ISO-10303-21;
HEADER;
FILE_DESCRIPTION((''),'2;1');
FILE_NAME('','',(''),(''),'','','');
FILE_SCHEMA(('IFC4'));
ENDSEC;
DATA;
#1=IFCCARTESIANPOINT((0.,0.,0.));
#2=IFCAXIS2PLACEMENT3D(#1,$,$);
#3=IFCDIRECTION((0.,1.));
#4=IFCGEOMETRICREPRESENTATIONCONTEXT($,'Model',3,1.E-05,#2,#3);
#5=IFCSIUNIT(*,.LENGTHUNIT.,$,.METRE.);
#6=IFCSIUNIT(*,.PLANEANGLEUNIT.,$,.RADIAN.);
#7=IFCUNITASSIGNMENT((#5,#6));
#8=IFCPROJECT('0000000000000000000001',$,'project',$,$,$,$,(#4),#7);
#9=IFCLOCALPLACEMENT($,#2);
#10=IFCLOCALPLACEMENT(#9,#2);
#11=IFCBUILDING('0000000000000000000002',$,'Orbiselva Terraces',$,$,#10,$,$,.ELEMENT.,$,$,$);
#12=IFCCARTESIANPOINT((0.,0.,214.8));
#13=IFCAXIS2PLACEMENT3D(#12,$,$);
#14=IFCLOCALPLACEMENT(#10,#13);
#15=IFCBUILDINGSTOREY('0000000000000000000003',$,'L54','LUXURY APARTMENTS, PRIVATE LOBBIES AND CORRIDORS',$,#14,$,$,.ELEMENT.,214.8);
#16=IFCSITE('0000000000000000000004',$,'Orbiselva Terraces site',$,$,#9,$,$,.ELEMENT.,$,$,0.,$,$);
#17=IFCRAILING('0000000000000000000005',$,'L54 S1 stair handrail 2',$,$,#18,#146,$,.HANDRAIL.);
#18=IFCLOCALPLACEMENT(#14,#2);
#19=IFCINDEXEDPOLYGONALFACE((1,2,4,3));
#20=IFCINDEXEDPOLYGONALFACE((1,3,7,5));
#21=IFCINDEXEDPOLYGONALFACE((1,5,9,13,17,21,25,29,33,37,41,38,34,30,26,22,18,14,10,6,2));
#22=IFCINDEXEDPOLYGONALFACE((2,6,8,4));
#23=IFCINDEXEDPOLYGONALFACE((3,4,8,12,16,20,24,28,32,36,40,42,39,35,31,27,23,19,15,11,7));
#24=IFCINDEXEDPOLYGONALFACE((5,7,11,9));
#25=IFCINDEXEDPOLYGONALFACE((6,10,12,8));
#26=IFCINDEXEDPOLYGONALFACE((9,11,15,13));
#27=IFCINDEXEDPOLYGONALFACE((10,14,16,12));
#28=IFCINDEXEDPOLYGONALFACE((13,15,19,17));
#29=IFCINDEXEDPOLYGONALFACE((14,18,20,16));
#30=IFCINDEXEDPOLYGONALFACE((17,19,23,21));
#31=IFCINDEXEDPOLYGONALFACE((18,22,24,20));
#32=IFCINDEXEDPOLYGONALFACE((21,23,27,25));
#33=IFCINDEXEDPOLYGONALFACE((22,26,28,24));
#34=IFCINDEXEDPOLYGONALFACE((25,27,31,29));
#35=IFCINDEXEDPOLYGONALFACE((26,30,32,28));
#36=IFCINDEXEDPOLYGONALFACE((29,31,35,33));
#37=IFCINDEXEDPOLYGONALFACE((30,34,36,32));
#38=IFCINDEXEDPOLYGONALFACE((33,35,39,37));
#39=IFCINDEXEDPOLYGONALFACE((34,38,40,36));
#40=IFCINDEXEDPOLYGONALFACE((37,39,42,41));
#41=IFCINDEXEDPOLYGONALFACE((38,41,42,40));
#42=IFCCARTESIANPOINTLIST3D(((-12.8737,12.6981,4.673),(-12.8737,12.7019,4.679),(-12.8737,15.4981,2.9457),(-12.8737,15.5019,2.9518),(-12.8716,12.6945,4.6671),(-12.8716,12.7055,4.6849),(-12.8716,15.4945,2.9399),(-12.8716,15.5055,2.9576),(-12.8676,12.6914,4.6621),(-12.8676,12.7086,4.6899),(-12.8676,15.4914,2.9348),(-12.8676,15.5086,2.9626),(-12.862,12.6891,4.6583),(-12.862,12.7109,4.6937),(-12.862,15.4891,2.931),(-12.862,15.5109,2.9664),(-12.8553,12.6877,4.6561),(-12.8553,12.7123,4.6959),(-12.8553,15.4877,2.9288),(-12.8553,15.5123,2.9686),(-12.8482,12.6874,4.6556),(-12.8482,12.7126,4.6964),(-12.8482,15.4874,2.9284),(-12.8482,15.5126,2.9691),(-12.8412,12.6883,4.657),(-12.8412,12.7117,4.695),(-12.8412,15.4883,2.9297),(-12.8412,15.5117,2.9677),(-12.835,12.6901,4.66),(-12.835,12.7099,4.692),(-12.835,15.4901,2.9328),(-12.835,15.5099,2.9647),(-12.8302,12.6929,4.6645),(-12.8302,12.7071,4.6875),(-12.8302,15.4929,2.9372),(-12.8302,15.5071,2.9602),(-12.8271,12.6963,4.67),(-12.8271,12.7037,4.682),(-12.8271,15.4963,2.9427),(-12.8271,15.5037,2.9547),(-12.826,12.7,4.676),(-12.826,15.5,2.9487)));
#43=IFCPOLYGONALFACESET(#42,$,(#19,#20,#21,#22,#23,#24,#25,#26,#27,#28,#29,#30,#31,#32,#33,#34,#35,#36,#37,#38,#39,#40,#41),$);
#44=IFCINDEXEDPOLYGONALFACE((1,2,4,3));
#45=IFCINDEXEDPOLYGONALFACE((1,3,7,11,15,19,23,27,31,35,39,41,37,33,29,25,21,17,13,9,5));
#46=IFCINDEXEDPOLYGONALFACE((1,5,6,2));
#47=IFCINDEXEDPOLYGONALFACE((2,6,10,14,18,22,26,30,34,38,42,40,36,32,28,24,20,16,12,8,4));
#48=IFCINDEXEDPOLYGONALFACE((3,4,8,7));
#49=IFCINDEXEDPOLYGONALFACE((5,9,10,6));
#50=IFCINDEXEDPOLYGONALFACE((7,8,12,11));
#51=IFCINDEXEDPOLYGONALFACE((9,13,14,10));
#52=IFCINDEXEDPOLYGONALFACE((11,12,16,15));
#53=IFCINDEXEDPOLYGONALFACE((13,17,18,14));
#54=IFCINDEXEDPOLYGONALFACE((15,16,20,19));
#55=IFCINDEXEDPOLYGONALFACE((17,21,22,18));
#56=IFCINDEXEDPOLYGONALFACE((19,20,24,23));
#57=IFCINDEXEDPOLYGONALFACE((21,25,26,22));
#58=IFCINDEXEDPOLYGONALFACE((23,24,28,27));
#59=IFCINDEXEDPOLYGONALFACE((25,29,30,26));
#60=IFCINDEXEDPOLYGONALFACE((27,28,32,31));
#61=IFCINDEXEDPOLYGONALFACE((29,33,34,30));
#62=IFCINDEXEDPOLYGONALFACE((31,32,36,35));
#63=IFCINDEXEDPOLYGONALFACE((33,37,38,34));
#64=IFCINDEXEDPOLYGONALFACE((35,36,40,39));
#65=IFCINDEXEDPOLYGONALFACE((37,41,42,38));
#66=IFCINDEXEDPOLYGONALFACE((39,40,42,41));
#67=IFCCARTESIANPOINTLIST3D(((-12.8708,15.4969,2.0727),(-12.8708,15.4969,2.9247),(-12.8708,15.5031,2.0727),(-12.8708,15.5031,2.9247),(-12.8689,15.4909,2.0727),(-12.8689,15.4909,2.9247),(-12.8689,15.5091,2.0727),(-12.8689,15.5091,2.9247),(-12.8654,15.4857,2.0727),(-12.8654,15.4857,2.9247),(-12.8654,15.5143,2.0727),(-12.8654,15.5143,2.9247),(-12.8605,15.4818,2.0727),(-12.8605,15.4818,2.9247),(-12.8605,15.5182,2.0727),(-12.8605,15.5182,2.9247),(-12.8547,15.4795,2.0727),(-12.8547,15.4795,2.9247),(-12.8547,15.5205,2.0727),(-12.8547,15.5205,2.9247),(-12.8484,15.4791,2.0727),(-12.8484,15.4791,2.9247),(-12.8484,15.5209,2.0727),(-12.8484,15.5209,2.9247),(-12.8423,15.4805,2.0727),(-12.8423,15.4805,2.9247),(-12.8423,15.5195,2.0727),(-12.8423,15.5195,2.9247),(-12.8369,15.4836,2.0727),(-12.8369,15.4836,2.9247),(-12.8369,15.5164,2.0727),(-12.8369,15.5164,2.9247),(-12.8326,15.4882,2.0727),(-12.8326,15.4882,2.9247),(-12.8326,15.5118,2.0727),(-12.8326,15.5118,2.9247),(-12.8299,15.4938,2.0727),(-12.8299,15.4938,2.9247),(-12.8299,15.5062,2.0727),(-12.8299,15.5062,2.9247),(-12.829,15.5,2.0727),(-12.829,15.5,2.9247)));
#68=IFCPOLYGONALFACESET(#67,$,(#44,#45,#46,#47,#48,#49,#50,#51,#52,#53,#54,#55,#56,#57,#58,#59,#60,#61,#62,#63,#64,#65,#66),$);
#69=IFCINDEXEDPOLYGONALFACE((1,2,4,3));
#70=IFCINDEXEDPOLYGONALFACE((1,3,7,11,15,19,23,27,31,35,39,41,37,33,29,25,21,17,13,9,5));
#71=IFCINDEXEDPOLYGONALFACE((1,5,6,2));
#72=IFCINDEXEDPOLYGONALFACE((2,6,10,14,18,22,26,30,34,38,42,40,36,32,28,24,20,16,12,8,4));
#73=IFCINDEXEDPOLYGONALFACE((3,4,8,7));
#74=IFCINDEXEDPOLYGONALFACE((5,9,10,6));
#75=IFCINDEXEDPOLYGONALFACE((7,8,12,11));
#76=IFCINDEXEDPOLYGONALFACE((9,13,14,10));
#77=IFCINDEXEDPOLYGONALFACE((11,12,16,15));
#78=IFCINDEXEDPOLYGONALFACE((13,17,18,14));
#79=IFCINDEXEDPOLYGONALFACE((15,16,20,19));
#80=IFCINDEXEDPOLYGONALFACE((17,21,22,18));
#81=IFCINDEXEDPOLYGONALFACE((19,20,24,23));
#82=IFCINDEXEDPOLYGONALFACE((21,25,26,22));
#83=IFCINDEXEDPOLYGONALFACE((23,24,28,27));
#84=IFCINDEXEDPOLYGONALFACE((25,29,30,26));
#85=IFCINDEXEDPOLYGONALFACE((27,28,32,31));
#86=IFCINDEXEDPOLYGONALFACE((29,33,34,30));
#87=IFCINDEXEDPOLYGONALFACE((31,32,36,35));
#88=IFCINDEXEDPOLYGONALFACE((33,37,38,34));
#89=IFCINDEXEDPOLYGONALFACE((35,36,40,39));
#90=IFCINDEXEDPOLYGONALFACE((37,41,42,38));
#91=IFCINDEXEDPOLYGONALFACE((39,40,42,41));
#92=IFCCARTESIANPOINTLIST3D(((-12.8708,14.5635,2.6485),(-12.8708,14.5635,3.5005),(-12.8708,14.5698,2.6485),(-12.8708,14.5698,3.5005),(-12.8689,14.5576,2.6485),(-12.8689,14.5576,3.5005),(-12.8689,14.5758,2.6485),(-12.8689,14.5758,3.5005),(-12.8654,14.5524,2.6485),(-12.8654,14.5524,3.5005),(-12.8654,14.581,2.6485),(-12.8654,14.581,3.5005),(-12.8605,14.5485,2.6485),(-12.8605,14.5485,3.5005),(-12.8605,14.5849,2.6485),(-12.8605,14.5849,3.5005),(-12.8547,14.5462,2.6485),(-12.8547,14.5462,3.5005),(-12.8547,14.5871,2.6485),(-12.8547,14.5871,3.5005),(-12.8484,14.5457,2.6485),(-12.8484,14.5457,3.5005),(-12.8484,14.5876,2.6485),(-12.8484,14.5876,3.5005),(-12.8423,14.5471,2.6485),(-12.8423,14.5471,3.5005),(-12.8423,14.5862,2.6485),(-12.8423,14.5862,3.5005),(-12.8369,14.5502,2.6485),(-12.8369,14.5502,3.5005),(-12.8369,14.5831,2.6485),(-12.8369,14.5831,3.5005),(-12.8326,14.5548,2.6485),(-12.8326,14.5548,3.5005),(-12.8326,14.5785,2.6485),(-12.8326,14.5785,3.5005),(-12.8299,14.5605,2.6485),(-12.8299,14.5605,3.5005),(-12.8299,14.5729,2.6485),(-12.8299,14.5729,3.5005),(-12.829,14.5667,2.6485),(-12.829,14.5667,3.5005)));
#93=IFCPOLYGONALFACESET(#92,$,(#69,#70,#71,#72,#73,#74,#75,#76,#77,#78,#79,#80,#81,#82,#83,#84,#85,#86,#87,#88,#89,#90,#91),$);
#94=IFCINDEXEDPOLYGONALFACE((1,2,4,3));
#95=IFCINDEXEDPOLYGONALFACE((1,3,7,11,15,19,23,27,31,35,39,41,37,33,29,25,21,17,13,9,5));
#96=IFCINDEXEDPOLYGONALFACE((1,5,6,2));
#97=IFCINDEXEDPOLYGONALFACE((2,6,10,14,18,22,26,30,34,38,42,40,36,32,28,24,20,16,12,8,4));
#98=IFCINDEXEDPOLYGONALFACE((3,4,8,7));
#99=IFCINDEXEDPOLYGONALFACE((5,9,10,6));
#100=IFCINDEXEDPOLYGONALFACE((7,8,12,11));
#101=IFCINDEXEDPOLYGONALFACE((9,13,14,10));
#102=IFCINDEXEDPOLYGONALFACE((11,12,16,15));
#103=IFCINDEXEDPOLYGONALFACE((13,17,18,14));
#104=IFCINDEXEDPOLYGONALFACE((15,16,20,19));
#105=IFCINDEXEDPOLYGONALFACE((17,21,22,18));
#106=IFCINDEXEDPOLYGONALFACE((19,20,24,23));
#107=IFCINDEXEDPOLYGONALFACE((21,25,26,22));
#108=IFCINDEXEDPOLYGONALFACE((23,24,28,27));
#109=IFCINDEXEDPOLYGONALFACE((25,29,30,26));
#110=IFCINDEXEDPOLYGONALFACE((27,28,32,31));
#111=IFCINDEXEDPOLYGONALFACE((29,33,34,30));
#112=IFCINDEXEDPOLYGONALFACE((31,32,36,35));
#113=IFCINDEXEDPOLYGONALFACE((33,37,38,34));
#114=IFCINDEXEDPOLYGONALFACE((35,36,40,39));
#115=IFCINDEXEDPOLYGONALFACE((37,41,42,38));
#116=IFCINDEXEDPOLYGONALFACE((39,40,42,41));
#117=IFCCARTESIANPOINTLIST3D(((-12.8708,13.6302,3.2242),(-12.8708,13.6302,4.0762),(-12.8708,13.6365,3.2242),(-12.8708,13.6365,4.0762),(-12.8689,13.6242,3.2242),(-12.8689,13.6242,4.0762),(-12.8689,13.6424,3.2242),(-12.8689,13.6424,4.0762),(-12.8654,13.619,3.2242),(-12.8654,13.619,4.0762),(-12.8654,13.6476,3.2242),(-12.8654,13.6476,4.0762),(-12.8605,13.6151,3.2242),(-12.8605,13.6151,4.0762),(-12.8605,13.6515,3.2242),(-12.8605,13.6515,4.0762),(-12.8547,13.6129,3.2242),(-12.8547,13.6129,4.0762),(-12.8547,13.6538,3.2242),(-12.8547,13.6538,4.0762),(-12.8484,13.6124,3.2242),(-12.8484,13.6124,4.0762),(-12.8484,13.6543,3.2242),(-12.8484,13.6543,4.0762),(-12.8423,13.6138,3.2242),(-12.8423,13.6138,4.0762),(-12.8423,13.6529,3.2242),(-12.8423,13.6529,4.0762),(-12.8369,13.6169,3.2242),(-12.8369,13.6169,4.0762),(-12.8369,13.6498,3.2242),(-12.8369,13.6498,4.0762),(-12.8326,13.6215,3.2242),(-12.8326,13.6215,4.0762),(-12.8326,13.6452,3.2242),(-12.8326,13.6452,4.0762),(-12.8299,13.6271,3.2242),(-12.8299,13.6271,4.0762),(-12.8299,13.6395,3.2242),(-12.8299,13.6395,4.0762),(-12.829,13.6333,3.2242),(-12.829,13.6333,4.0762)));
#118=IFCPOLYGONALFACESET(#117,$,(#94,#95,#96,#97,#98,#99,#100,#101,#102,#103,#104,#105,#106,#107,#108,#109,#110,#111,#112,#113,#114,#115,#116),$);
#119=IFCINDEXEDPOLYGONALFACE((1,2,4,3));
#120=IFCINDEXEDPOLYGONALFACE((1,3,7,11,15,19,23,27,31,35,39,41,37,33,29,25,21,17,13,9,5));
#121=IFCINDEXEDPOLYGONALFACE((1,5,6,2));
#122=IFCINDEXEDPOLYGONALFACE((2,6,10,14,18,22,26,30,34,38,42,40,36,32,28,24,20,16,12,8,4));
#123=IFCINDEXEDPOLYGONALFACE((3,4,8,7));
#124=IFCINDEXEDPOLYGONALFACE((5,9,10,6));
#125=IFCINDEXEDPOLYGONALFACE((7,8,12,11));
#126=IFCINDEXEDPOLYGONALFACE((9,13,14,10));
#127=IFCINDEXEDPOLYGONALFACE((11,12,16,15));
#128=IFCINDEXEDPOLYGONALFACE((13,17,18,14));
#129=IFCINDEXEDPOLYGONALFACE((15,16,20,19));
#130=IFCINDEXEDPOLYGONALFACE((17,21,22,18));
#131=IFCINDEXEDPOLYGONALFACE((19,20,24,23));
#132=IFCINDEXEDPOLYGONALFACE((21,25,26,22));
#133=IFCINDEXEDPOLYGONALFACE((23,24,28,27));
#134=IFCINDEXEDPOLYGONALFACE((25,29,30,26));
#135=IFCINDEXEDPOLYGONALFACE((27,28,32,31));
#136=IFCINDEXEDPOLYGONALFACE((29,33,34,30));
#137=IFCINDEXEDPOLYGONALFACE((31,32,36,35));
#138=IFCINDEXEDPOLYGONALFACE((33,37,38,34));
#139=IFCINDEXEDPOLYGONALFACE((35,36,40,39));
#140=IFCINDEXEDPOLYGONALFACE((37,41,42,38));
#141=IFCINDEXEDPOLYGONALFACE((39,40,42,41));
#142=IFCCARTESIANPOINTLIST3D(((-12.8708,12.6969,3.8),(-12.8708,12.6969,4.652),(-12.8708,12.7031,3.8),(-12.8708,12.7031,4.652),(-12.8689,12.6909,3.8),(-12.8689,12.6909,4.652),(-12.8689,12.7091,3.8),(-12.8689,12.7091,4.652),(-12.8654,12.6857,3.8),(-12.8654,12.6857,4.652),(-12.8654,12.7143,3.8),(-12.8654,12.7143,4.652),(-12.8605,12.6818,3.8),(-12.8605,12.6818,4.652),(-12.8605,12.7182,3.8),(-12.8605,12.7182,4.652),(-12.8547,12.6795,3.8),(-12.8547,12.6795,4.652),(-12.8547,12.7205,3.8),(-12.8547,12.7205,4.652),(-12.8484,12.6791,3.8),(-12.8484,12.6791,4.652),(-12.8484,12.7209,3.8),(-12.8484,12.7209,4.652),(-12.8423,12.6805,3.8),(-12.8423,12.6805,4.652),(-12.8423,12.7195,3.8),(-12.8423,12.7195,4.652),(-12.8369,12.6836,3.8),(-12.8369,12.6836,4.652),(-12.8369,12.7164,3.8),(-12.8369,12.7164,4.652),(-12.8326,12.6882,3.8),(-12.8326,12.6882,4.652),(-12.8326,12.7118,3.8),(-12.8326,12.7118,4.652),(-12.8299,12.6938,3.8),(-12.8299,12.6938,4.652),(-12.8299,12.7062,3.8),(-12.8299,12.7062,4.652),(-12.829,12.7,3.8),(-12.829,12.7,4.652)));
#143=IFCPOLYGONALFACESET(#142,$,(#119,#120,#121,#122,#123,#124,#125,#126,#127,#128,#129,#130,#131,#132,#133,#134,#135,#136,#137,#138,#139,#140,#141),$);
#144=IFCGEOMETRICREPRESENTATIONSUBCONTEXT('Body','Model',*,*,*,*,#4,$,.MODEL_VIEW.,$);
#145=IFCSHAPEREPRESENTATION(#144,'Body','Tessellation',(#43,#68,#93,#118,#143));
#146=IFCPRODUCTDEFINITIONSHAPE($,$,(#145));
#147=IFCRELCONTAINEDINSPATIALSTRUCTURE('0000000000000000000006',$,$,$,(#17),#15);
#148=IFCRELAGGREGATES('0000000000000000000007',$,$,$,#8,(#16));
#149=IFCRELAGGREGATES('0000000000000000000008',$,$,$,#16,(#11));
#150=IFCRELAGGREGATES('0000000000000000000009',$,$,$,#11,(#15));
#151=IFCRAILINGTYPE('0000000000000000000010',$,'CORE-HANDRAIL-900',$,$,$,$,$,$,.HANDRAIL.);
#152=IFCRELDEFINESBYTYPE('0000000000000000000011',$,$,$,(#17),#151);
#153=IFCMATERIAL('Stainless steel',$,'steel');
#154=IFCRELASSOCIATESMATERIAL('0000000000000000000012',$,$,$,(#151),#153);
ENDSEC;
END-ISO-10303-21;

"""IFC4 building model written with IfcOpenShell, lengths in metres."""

from ifc_helpers import new_model, si_unit, direction, frame, origin, origin_2d, place, context, subcontext, project, spatial, circle, extrude, material, type_object, element, save


model = new_model("IFC4")

# Units and contexts
model_context = context("Model", 3, precision=1e-05, world=origin(), true_north=direction((0.0, 1.0)))
body_context = subcontext(model_context, "Body", "Model", "MODEL_VIEW")
ifc_project = project(units=[si_unit("LENGTHUNIT", "METRE"), si_unit("PLANEANGLEUNIT", "RADIAN")], contexts=[model_context])

# Site, building, storey
site_placement = place(None, origin())
site = spatial("IfcSite", under=ifc_project, at=site_placement, Name="Orbiselva Terraces site", CompositionType="ELEMENT", RefElevation=0.0)
building_placement = place(site_placement, origin())
building = spatial("IfcBuilding", under=site, at=building_placement, Name="Orbiselva Terraces", CompositionType="ELEMENT")
storey_placement = place(building_placement, frame((0.0, 0.0, 214.8)))
storey = spatial("IfcBuildingStorey", under=building, at=storey_placement, Name="L54", Description="LUXURY APARTMENTS, PRIVATE LOBBIES AND CORRIDORS", CompositionType="ELEMENT", Elevation=214.8)

# Railing
ifc_material_1 = material(Name="Stainless steel", Category="steel")
railing_type_1 = type_object("IfcRailingType", Name="CORE-HANDRAIL-900", PredefinedType="HANDRAIL", material=ifc_material_1)
railing_1_placement = place(storey_placement, frame((-12.85, 15.5, 2.0727)))
element("IfcRailing", 1, at=railing_1_placement, inside=storey, type_object=railing_type_1, Name="L54 S1 stair handrail 2", PredefinedType="HANDRAIL", context=body_context, shape_type="SweptSolid", body=[
    extrude(circle(Radius=0.024, at=origin_2d()), frame((0.0, 0.0, 0.876), z_axis=(0.0, -0.851089, 0.525022), x_axis=(1.0, 0.0, 0.0)), (0.0, 0.0, 1.0), 3.2899),
    extrude(circle(Radius=0.021, at=origin_2d()), origin(), (0.0, 0.0, 1.0), 0.852),
    extrude(circle(Radius=0.021, at=origin_2d()), frame((0.0, -0.9333, 0.5758)), (0.0, 0.0, 1.0), 0.852),
    extrude(circle(Radius=0.021, at=origin_2d()), frame((0.0, -1.8667, 1.1515)), (0.0, 0.0, 1.0), 0.852),
    extrude(circle(Radius=0.021, at=origin_2d()), frame((0.0, -2.8, 1.7273)), (0.0, 0.0, 1.0), 0.852),
])

save(model, "model.ifc")
